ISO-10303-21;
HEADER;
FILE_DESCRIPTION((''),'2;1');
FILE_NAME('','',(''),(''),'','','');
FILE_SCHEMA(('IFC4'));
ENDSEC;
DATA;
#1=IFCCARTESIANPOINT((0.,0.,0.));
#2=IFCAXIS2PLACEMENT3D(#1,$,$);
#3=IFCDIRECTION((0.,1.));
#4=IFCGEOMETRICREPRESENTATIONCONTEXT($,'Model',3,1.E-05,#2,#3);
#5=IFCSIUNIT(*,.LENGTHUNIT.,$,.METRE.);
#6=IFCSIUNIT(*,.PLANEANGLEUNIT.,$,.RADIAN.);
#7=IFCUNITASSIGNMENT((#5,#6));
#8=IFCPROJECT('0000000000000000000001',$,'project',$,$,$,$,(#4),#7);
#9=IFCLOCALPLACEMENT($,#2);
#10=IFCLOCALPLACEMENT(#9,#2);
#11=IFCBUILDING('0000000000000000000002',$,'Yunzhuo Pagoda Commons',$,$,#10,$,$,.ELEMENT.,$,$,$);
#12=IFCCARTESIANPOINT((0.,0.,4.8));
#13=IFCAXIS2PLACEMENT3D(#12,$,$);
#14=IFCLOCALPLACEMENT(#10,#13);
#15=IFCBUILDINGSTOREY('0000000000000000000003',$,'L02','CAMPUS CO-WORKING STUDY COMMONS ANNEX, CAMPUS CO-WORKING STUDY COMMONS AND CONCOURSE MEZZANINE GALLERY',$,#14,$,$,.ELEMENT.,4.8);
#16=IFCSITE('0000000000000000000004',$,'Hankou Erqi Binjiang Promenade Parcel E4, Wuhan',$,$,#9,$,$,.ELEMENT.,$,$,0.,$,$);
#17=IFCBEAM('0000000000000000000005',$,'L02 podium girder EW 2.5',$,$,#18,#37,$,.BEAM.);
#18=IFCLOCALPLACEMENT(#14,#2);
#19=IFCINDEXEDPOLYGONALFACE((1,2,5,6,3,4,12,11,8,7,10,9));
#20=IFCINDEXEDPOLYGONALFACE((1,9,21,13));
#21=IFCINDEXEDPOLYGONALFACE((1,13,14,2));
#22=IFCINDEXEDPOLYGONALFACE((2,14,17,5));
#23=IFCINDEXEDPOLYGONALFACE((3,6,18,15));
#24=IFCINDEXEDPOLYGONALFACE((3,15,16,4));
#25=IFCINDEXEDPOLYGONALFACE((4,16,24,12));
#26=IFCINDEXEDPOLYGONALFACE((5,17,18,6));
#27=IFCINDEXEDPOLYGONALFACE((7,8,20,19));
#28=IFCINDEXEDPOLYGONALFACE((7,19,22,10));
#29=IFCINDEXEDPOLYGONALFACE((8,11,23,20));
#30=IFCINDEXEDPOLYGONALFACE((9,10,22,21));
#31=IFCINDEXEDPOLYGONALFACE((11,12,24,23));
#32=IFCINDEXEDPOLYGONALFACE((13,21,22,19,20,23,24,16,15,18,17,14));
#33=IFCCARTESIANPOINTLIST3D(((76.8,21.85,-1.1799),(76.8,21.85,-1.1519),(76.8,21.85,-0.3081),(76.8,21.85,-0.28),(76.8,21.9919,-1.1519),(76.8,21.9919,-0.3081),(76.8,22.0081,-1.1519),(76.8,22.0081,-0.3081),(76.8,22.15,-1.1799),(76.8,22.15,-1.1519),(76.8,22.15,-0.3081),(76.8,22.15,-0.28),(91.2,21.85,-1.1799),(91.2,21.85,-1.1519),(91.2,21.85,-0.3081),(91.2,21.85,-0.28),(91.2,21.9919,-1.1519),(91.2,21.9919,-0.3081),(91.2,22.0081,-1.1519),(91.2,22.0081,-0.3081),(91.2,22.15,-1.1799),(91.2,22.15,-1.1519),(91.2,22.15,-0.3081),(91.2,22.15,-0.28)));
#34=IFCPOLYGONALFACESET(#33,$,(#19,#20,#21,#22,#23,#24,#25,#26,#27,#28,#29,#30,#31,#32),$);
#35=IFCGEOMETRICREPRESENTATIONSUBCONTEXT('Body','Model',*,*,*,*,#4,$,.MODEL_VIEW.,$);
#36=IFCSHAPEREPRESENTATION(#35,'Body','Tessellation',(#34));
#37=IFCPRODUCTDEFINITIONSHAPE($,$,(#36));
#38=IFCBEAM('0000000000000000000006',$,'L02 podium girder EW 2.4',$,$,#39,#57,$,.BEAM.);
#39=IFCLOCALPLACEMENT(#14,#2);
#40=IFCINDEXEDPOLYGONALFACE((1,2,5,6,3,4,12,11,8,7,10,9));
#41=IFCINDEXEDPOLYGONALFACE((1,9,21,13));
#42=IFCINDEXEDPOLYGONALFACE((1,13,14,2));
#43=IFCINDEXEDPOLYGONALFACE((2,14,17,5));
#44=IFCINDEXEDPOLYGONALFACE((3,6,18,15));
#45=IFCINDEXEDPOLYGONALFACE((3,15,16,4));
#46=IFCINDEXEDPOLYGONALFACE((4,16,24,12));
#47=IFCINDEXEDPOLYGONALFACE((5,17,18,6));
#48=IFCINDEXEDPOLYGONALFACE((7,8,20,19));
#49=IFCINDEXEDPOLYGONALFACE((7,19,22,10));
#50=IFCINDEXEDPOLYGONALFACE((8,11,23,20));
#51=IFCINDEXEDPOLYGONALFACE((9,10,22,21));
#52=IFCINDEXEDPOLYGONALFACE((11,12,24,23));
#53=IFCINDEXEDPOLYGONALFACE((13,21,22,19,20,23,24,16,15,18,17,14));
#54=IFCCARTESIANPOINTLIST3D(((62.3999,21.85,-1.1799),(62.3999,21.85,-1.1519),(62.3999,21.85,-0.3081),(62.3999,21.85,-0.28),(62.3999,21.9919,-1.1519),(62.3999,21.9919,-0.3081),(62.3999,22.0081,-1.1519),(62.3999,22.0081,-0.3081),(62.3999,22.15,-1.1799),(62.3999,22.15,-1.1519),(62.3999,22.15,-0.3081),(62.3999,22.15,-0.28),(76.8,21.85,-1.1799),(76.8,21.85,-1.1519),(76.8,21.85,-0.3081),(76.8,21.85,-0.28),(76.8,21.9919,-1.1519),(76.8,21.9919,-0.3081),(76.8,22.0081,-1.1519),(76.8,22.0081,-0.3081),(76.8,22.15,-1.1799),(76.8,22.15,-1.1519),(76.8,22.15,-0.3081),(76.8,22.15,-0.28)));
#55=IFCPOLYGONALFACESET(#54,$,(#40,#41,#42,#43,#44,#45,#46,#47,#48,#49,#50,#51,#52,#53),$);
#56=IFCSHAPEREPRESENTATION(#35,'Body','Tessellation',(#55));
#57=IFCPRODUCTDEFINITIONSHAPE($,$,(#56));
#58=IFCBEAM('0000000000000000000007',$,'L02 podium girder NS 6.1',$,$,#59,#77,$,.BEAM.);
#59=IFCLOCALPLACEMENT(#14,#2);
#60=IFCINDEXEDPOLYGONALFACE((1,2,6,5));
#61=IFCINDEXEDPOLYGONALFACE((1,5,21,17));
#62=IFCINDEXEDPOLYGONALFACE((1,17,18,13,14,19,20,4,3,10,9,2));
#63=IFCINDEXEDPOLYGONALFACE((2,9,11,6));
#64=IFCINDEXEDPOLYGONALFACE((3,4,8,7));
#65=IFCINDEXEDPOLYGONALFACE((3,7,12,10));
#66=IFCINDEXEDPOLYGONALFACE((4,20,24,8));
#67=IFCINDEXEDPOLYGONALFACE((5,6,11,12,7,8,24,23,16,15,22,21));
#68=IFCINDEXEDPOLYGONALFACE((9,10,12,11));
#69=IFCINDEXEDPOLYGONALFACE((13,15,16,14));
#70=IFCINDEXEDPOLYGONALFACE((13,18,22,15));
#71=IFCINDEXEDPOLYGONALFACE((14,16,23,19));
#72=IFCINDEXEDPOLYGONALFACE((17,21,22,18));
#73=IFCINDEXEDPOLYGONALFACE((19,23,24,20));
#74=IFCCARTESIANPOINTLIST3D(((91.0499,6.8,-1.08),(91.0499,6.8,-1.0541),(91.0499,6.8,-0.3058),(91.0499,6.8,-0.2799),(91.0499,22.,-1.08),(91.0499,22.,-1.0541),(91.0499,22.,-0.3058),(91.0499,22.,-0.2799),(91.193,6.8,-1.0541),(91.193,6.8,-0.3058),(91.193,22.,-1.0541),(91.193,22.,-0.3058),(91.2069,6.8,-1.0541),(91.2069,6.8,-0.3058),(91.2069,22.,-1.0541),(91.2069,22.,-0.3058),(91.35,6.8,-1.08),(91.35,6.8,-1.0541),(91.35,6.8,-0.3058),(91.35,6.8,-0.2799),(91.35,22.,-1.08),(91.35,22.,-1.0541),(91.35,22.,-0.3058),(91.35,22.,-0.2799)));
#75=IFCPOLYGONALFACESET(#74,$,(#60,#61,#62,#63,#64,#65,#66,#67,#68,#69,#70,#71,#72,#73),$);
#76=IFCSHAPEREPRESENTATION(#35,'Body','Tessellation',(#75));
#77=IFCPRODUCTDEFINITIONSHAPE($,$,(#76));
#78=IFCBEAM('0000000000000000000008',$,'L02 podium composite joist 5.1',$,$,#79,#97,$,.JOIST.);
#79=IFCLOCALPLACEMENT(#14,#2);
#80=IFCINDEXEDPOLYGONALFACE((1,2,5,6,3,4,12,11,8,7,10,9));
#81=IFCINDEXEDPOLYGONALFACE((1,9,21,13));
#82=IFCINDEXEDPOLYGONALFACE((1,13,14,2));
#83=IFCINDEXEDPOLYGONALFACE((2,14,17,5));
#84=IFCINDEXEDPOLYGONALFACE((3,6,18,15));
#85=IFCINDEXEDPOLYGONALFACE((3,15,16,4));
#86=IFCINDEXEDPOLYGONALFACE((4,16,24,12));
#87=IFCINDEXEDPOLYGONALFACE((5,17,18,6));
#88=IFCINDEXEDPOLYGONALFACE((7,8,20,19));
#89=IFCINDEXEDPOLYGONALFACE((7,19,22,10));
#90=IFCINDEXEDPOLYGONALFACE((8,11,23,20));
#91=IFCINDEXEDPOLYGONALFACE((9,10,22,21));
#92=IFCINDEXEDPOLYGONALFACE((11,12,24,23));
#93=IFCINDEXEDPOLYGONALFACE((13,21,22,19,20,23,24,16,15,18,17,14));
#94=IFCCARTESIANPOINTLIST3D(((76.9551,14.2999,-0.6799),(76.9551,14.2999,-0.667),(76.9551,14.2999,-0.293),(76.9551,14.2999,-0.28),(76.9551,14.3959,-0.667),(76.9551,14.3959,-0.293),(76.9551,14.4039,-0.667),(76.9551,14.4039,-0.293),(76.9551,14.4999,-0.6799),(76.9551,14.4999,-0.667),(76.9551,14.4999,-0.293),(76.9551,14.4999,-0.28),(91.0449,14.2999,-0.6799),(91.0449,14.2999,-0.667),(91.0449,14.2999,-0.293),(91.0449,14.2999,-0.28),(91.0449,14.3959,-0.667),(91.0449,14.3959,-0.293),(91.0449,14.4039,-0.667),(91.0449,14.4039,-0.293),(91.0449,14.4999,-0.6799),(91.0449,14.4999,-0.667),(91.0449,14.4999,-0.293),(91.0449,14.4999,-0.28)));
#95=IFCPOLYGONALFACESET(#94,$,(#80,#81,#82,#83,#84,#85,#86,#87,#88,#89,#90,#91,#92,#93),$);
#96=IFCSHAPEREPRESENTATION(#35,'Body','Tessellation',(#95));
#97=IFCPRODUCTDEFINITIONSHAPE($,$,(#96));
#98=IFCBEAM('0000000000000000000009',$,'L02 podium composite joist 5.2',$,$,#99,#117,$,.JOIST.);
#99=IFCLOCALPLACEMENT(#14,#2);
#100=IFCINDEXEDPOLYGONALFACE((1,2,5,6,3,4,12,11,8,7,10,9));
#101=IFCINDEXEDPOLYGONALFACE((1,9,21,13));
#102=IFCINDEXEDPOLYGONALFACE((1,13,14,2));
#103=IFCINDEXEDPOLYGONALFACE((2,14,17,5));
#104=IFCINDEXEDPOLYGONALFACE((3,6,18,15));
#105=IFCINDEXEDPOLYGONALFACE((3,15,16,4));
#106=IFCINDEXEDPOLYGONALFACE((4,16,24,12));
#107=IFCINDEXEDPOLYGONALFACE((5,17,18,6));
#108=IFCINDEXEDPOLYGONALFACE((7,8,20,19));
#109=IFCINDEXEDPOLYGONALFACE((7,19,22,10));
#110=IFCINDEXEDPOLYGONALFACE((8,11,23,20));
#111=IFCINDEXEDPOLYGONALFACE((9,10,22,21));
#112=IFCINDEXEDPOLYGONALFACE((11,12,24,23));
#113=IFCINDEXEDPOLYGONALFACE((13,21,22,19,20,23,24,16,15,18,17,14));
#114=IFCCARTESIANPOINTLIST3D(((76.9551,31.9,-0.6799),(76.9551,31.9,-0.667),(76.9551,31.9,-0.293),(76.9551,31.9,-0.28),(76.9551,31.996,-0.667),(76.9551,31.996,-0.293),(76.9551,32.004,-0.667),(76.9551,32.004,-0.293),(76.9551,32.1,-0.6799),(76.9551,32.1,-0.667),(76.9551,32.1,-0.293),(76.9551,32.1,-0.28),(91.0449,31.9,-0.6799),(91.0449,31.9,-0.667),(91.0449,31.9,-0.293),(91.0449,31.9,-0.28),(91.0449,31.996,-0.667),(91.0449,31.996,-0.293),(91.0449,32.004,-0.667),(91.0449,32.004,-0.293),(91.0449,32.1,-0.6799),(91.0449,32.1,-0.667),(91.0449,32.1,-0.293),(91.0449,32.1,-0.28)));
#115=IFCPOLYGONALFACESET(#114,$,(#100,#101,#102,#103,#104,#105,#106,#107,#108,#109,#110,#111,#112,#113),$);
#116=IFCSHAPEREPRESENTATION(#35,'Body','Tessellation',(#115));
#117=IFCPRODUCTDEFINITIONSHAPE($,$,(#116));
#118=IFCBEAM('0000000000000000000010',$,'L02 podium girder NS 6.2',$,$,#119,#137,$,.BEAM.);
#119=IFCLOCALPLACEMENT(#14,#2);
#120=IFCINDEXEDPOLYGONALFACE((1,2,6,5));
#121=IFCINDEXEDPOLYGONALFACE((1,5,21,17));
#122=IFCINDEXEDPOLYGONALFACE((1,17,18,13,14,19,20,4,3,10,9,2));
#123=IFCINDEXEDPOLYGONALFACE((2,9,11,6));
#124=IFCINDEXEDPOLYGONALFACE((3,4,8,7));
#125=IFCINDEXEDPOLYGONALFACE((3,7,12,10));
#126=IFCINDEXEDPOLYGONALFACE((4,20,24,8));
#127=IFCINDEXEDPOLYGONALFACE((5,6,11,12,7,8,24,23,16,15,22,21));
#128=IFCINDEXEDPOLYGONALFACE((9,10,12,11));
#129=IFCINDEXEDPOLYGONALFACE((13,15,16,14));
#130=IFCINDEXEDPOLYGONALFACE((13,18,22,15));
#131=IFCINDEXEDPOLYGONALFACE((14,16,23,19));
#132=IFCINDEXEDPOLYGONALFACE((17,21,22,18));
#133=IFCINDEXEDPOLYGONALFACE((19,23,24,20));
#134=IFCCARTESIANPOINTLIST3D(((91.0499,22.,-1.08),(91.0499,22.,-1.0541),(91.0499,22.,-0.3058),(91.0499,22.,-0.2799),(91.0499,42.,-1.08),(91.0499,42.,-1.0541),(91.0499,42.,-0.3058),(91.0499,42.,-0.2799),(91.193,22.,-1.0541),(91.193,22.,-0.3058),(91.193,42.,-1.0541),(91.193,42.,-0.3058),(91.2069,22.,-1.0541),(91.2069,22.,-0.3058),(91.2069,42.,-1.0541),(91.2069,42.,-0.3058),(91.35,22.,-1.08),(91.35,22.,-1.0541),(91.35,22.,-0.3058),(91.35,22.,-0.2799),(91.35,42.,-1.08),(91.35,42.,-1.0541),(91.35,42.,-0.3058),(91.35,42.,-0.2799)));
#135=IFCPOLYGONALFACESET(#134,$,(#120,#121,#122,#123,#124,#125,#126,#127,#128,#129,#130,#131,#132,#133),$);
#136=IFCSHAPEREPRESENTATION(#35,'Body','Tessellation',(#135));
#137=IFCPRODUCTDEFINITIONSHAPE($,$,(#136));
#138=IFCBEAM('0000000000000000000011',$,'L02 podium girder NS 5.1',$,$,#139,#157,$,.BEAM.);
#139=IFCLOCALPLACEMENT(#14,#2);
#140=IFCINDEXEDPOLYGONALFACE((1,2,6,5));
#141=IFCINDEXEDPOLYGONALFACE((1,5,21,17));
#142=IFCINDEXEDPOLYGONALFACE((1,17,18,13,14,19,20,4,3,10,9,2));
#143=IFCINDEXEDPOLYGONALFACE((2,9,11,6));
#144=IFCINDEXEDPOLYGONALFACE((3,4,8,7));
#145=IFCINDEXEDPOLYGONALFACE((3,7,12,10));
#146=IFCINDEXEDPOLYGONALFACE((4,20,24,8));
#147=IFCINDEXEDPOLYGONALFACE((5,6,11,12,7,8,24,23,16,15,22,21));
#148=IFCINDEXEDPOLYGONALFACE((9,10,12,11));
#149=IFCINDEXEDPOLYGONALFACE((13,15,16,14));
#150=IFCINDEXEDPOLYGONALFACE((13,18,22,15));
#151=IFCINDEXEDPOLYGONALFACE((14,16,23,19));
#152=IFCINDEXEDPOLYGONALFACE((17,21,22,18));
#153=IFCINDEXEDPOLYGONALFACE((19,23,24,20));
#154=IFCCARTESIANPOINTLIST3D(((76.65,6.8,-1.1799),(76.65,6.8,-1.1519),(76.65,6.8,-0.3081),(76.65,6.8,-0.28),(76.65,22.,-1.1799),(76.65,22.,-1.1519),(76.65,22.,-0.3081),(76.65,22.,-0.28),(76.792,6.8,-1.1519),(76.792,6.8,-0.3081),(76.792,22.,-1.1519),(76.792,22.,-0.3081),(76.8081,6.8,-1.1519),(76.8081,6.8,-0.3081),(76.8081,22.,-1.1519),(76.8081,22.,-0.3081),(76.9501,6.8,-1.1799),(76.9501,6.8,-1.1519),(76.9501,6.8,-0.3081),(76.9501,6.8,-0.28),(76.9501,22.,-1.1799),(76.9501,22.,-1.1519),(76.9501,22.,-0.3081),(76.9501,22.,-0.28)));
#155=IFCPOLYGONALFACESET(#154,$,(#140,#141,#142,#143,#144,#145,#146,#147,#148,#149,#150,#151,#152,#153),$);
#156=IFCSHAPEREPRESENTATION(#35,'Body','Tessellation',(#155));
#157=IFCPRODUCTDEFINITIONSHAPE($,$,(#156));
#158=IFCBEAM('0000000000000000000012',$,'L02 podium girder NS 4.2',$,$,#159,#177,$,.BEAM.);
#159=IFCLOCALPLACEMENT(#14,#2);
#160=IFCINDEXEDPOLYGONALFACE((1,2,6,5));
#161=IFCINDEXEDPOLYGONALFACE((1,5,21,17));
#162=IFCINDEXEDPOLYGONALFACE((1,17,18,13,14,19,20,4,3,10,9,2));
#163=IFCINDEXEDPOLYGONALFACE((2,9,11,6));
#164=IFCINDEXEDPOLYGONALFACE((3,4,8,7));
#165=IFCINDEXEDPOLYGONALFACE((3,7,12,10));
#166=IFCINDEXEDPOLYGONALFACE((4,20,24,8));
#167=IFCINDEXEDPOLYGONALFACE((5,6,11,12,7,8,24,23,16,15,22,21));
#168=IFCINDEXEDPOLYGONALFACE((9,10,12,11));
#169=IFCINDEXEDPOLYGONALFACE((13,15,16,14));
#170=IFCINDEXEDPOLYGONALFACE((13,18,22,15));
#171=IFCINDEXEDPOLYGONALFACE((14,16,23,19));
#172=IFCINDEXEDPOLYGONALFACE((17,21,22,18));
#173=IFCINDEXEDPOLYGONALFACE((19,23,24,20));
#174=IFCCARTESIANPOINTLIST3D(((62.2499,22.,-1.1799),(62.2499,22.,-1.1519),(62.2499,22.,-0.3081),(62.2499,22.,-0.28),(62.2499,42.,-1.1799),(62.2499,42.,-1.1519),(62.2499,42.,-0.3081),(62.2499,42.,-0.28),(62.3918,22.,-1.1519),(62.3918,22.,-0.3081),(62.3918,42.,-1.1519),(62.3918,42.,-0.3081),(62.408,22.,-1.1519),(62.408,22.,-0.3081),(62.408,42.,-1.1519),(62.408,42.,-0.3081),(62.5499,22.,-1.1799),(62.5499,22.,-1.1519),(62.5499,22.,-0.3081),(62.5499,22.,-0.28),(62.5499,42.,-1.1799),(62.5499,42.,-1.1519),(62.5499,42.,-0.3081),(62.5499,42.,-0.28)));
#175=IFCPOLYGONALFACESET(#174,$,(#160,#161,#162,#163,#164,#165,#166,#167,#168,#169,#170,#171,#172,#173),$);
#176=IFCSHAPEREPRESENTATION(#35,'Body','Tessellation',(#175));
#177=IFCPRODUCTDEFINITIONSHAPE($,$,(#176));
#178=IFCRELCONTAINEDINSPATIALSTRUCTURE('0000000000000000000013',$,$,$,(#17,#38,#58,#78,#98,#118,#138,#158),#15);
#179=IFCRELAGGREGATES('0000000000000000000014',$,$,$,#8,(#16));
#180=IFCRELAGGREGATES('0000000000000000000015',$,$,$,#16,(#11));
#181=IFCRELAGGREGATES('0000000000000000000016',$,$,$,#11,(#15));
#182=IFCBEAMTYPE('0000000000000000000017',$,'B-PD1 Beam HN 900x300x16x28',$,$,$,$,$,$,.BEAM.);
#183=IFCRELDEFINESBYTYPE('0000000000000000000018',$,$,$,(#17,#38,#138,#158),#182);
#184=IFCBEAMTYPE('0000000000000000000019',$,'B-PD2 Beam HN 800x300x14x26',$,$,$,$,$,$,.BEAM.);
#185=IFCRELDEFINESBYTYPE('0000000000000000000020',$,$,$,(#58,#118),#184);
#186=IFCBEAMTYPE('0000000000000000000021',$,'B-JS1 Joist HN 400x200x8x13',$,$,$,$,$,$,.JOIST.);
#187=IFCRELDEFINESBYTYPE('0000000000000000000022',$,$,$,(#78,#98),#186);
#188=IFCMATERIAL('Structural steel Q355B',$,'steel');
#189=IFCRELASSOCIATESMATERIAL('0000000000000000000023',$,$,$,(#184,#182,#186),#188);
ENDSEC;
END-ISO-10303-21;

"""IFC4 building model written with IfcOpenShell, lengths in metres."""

from ifc_helpers import new_model, si_unit, direction, frame, origin, origin_2d, place, context, subcontext, project, spatial, i_section, extrude, source, transform, mapped, material, material_profile, profile_set, type_object, element, save


model = new_model("IFC4")

# Units and contexts
model_context = context("Model", 3, precision=1e-05, world=origin(), true_north=direction((0.0, 1.0)))
body_context = subcontext(model_context, "Body", "Model", "MODEL_VIEW")
ifc_project = project(units=[si_unit("LENGTHUNIT", "METRE"), si_unit("PLANEANGLEUNIT", "RADIAN")], contexts=[model_context])

# Site, building, storey
site_placement = place(None, origin())
site = spatial("IfcSite", under=ifc_project, at=site_placement, Name="Hankou Erqi Binjiang Promenade Parcel E4, Wuhan", CompositionType="ELEMENT", RefElevation=0.0)
building_placement = place(site_placement, origin())
building = spatial("IfcBuilding", under=site, at=building_placement, Name="Yunzhuo Pagoda Commons", CompositionType="ELEMENT")
storey_placement = place(building_placement, frame((0.0, 0.0, 4.8)))
storey = spatial("IfcBuildingStorey", under=building, at=storey_placement, Name="L02", Description="CAMPUS CO-WORKING STUDY COMMONS ANNEX, CAMPUS CO-WORKING STUDY COMMONS AND CONCOURSE MEZZANINE GALLERY", CompositionType="ELEMENT", Elevation=4.8)

# Beams
ifc_material_1 = material(Name="Structural steel Q355B", Category="steel")
ifc_material_profile_1 = material_profile(ifc_material_1, i_section(OverallWidth=0.3, OverallDepth=0.8, WebThickness=0.0139, FlangeThickness=0.0259, at=origin_2d()), Name="Structural steel Q355B")
ifc_profile_set_1 = profile_set([ifc_material_profile_1], Name="Structural steel Q355B")
beam_type_1 = type_object("IfcBeamType", Name="B-PD2 Beam HN 800x300x14x26", PredefinedType="BEAM", material=ifc_profile_set_1)
ifc_material_profile_2 = material_profile(ifc_material_1, i_section(OverallWidth=0.3, OverallDepth=0.8999, WebThickness=0.0161, FlangeThickness=0.0281, at=origin_2d()), Name="Structural steel Q355B")
ifc_profile_set_2 = profile_set([ifc_material_profile_2], Name="Structural steel Q355B")
beam_type_2 = type_object("IfcBeamType", Name="B-PD1 Beam HN 900x300x16x28", PredefinedType="BEAM", material=ifc_profile_set_2)
shared_shape_1 = source(origin(), body_context, "Body", "SweptSolid", [
    extrude(i_section(OverallWidth=0.3, OverallDepth=0.8999, WebThickness=0.0161, FlangeThickness=0.0281, at=origin_2d()), origin(), (0.0, 0.0, 1.0), 14.3999),
])
beam_1_placement = place(storey_placement, frame((76.8, 22.0, -0.73), z_axis=(1.0, 0.0, 0.0), x_axis=(0.0, 1.0, 0.0)))
element("IfcBeam", 1, at=beam_1_placement, inside=storey, type_object=beam_type_2, Name="L02 podium girder EW 2.5", PredefinedType="BEAM", context=body_context, shape_type="MappedRepresentation", body=[
    mapped(shared_shape_1, transform((0.0, 0.0, 0.0), scale=1.0)),
])
shared_shape_2 = source(origin(), body_context, "Body", "SweptSolid", [
    extrude(i_section(OverallWidth=0.3, OverallDepth=0.8999, WebThickness=0.0161, FlangeThickness=0.0281, at=origin_2d()), origin(), (0.0, 0.0, 1.0), 14.4001),
])
beam_2_placement = place(storey_placement, frame((62.3999, 22.0, -0.73), z_axis=(1.0, 0.0, 0.0), x_axis=(0.0, 1.0, 0.0)))
element("IfcBeam", 2, at=beam_2_placement, inside=storey, type_object=beam_type_2, Name="L02 podium girder EW 2.4", PredefinedType="BEAM", context=body_context, shape_type="MappedRepresentation", body=[
    mapped(shared_shape_2, transform((0.0, 0.0, 0.0), scale=1.0)),
])
shared_shape_3 = source(origin(), body_context, "Body", "SweptSolid", [
    extrude(i_section(OverallWidth=0.3, OverallDepth=0.8, WebThickness=0.0139, FlangeThickness=0.0259, at=origin_2d()), origin(), (0.0, 0.0, 1.0), 15.2),
])
beam_3_placement = place(storey_placement, frame((91.2, 6.8, -0.6799), z_axis=(0.0, 1.0, 0.0), x_axis=(-1.0, 0.0, 0.0)))
element("IfcBeam", 3, at=beam_3_placement, inside=storey, type_object=beam_type_1, Name="L02 podium girder NS 6.1", PredefinedType="BEAM", context=body_context, shape_type="MappedRepresentation", body=[
    mapped(shared_shape_3, transform((0.0, 0.0, 0.0), scale=1.0)),
])
ifc_material_profile_3 = material_profile(ifc_material_1, i_section(OverallWidth=0.2, OverallDepth=0.3999, WebThickness=0.0081, FlangeThickness=0.0129, at=origin_2d()), Name="Structural steel Q355B")
ifc_profile_set_3 = profile_set([ifc_material_profile_3], Name="Structural steel Q355B")
beam_type_3 = type_object("IfcBeamType", Name="B-JS1 Joist HN 400x200x8x13", PredefinedType="JOIST", material=ifc_profile_set_3)
shared_shape_4 = source(origin(), body_context, "Body", "SweptSolid", [
    extrude(i_section(OverallWidth=0.2, OverallDepth=0.3999, WebThickness=0.0081, FlangeThickness=0.0129, at=origin_2d()), origin(), (0.0, 0.0, 1.0), 14.0898),
])
for number, where, z_axis, x_axis, name in (
    (4, (76.9551, 14.3999, -0.48), (1.0, 0.0, 0.0), (0.0, 1.0, 0.0), "L02 podium composite joist 5.1"),
    (5, (76.9551, 32.0, -0.48), (1.0, 0.0, 0.0), (0.0, 1.0, 0.0), "L02 podium composite joist 5.2"),
):
    element("IfcBeam", number, at=place(storey_placement, frame(where, z_axis=z_axis, x_axis=x_axis)), inside=storey, type_object=beam_type_3, Name=name, PredefinedType="JOIST", context=body_context, shape_type="MappedRepresentation", body=[
        mapped(shared_shape_4, transform((0.0, 0.0, 0.0), scale=1.0)),
    ])
shared_shape_5 = source(origin(), body_context, "Body", "SweptSolid", [
    extrude(i_section(OverallWidth=0.3, OverallDepth=0.8, WebThickness=0.0139, FlangeThickness=0.0259, at=origin_2d()), origin(), (0.0, 0.0, 1.0), 20.0),
])
beam_4_placement = place(storey_placement, frame((91.2, 22.0, -0.6799), z_axis=(0.0, 1.0, 0.0), x_axis=(-1.0, 0.0, 0.0)))
element("IfcBeam", 6, at=beam_4_placement, inside=storey, type_object=beam_type_1, Name="L02 podium girder NS 6.2", PredefinedType="BEAM", context=body_context, shape_type="MappedRepresentation", body=[
    mapped(shared_shape_5, transform((0.0, 0.0, 0.0), scale=1.0)),
])
shared_shape_6 = source(origin(), body_context, "Body", "SweptSolid", [
    extrude(i_section(OverallWidth=0.3, OverallDepth=0.8999, WebThickness=0.0161, FlangeThickness=0.0281, at=origin_2d()), origin(), (0.0, 0.0, 1.0), 15.2),
])
beam_5_placement = place(storey_placement, frame((76.8, 6.8, -0.73), z_axis=(0.0, 1.0, 0.0), x_axis=(-1.0, 0.0, 0.0)))
element("IfcBeam", 7, at=beam_5_placement, inside=storey, type_object=beam_type_2, Name="L02 podium girder NS 5.1", PredefinedType="BEAM", context=body_context, shape_type="MappedRepresentation", body=[
    mapped(shared_shape_6, transform((0.0, 0.0, 0.0), scale=1.0)),
])
shared_shape_7 = source(origin(), body_context, "Body", "SweptSolid", [
    extrude(i_section(OverallWidth=0.3, OverallDepth=0.8999, WebThickness=0.0161, FlangeThickness=0.0281, at=origin_2d()), origin(), (0.0, 0.0, 1.0), 20.0),
])
for number, where, z_axis, x_axis, name in (
    (8, (62.3999, 22.0, -0.73), (0.0, 1.0, 0.0), (-1.0, 0.0, 0.0), "L02 podium girder NS 4.2"),
):
    element("IfcBeam", number, at=place(storey_placement, frame(where, z_axis=z_axis, x_axis=x_axis)), inside=storey, type_object=beam_type_2, Name=name, PredefinedType="BEAM", context=body_context, shape_type="MappedRepresentation", body=[
        mapped(shared_shape_7, transform((0.0, 0.0, 0.0), scale=1.0)),
    ])

save(model, "model.ifc")
